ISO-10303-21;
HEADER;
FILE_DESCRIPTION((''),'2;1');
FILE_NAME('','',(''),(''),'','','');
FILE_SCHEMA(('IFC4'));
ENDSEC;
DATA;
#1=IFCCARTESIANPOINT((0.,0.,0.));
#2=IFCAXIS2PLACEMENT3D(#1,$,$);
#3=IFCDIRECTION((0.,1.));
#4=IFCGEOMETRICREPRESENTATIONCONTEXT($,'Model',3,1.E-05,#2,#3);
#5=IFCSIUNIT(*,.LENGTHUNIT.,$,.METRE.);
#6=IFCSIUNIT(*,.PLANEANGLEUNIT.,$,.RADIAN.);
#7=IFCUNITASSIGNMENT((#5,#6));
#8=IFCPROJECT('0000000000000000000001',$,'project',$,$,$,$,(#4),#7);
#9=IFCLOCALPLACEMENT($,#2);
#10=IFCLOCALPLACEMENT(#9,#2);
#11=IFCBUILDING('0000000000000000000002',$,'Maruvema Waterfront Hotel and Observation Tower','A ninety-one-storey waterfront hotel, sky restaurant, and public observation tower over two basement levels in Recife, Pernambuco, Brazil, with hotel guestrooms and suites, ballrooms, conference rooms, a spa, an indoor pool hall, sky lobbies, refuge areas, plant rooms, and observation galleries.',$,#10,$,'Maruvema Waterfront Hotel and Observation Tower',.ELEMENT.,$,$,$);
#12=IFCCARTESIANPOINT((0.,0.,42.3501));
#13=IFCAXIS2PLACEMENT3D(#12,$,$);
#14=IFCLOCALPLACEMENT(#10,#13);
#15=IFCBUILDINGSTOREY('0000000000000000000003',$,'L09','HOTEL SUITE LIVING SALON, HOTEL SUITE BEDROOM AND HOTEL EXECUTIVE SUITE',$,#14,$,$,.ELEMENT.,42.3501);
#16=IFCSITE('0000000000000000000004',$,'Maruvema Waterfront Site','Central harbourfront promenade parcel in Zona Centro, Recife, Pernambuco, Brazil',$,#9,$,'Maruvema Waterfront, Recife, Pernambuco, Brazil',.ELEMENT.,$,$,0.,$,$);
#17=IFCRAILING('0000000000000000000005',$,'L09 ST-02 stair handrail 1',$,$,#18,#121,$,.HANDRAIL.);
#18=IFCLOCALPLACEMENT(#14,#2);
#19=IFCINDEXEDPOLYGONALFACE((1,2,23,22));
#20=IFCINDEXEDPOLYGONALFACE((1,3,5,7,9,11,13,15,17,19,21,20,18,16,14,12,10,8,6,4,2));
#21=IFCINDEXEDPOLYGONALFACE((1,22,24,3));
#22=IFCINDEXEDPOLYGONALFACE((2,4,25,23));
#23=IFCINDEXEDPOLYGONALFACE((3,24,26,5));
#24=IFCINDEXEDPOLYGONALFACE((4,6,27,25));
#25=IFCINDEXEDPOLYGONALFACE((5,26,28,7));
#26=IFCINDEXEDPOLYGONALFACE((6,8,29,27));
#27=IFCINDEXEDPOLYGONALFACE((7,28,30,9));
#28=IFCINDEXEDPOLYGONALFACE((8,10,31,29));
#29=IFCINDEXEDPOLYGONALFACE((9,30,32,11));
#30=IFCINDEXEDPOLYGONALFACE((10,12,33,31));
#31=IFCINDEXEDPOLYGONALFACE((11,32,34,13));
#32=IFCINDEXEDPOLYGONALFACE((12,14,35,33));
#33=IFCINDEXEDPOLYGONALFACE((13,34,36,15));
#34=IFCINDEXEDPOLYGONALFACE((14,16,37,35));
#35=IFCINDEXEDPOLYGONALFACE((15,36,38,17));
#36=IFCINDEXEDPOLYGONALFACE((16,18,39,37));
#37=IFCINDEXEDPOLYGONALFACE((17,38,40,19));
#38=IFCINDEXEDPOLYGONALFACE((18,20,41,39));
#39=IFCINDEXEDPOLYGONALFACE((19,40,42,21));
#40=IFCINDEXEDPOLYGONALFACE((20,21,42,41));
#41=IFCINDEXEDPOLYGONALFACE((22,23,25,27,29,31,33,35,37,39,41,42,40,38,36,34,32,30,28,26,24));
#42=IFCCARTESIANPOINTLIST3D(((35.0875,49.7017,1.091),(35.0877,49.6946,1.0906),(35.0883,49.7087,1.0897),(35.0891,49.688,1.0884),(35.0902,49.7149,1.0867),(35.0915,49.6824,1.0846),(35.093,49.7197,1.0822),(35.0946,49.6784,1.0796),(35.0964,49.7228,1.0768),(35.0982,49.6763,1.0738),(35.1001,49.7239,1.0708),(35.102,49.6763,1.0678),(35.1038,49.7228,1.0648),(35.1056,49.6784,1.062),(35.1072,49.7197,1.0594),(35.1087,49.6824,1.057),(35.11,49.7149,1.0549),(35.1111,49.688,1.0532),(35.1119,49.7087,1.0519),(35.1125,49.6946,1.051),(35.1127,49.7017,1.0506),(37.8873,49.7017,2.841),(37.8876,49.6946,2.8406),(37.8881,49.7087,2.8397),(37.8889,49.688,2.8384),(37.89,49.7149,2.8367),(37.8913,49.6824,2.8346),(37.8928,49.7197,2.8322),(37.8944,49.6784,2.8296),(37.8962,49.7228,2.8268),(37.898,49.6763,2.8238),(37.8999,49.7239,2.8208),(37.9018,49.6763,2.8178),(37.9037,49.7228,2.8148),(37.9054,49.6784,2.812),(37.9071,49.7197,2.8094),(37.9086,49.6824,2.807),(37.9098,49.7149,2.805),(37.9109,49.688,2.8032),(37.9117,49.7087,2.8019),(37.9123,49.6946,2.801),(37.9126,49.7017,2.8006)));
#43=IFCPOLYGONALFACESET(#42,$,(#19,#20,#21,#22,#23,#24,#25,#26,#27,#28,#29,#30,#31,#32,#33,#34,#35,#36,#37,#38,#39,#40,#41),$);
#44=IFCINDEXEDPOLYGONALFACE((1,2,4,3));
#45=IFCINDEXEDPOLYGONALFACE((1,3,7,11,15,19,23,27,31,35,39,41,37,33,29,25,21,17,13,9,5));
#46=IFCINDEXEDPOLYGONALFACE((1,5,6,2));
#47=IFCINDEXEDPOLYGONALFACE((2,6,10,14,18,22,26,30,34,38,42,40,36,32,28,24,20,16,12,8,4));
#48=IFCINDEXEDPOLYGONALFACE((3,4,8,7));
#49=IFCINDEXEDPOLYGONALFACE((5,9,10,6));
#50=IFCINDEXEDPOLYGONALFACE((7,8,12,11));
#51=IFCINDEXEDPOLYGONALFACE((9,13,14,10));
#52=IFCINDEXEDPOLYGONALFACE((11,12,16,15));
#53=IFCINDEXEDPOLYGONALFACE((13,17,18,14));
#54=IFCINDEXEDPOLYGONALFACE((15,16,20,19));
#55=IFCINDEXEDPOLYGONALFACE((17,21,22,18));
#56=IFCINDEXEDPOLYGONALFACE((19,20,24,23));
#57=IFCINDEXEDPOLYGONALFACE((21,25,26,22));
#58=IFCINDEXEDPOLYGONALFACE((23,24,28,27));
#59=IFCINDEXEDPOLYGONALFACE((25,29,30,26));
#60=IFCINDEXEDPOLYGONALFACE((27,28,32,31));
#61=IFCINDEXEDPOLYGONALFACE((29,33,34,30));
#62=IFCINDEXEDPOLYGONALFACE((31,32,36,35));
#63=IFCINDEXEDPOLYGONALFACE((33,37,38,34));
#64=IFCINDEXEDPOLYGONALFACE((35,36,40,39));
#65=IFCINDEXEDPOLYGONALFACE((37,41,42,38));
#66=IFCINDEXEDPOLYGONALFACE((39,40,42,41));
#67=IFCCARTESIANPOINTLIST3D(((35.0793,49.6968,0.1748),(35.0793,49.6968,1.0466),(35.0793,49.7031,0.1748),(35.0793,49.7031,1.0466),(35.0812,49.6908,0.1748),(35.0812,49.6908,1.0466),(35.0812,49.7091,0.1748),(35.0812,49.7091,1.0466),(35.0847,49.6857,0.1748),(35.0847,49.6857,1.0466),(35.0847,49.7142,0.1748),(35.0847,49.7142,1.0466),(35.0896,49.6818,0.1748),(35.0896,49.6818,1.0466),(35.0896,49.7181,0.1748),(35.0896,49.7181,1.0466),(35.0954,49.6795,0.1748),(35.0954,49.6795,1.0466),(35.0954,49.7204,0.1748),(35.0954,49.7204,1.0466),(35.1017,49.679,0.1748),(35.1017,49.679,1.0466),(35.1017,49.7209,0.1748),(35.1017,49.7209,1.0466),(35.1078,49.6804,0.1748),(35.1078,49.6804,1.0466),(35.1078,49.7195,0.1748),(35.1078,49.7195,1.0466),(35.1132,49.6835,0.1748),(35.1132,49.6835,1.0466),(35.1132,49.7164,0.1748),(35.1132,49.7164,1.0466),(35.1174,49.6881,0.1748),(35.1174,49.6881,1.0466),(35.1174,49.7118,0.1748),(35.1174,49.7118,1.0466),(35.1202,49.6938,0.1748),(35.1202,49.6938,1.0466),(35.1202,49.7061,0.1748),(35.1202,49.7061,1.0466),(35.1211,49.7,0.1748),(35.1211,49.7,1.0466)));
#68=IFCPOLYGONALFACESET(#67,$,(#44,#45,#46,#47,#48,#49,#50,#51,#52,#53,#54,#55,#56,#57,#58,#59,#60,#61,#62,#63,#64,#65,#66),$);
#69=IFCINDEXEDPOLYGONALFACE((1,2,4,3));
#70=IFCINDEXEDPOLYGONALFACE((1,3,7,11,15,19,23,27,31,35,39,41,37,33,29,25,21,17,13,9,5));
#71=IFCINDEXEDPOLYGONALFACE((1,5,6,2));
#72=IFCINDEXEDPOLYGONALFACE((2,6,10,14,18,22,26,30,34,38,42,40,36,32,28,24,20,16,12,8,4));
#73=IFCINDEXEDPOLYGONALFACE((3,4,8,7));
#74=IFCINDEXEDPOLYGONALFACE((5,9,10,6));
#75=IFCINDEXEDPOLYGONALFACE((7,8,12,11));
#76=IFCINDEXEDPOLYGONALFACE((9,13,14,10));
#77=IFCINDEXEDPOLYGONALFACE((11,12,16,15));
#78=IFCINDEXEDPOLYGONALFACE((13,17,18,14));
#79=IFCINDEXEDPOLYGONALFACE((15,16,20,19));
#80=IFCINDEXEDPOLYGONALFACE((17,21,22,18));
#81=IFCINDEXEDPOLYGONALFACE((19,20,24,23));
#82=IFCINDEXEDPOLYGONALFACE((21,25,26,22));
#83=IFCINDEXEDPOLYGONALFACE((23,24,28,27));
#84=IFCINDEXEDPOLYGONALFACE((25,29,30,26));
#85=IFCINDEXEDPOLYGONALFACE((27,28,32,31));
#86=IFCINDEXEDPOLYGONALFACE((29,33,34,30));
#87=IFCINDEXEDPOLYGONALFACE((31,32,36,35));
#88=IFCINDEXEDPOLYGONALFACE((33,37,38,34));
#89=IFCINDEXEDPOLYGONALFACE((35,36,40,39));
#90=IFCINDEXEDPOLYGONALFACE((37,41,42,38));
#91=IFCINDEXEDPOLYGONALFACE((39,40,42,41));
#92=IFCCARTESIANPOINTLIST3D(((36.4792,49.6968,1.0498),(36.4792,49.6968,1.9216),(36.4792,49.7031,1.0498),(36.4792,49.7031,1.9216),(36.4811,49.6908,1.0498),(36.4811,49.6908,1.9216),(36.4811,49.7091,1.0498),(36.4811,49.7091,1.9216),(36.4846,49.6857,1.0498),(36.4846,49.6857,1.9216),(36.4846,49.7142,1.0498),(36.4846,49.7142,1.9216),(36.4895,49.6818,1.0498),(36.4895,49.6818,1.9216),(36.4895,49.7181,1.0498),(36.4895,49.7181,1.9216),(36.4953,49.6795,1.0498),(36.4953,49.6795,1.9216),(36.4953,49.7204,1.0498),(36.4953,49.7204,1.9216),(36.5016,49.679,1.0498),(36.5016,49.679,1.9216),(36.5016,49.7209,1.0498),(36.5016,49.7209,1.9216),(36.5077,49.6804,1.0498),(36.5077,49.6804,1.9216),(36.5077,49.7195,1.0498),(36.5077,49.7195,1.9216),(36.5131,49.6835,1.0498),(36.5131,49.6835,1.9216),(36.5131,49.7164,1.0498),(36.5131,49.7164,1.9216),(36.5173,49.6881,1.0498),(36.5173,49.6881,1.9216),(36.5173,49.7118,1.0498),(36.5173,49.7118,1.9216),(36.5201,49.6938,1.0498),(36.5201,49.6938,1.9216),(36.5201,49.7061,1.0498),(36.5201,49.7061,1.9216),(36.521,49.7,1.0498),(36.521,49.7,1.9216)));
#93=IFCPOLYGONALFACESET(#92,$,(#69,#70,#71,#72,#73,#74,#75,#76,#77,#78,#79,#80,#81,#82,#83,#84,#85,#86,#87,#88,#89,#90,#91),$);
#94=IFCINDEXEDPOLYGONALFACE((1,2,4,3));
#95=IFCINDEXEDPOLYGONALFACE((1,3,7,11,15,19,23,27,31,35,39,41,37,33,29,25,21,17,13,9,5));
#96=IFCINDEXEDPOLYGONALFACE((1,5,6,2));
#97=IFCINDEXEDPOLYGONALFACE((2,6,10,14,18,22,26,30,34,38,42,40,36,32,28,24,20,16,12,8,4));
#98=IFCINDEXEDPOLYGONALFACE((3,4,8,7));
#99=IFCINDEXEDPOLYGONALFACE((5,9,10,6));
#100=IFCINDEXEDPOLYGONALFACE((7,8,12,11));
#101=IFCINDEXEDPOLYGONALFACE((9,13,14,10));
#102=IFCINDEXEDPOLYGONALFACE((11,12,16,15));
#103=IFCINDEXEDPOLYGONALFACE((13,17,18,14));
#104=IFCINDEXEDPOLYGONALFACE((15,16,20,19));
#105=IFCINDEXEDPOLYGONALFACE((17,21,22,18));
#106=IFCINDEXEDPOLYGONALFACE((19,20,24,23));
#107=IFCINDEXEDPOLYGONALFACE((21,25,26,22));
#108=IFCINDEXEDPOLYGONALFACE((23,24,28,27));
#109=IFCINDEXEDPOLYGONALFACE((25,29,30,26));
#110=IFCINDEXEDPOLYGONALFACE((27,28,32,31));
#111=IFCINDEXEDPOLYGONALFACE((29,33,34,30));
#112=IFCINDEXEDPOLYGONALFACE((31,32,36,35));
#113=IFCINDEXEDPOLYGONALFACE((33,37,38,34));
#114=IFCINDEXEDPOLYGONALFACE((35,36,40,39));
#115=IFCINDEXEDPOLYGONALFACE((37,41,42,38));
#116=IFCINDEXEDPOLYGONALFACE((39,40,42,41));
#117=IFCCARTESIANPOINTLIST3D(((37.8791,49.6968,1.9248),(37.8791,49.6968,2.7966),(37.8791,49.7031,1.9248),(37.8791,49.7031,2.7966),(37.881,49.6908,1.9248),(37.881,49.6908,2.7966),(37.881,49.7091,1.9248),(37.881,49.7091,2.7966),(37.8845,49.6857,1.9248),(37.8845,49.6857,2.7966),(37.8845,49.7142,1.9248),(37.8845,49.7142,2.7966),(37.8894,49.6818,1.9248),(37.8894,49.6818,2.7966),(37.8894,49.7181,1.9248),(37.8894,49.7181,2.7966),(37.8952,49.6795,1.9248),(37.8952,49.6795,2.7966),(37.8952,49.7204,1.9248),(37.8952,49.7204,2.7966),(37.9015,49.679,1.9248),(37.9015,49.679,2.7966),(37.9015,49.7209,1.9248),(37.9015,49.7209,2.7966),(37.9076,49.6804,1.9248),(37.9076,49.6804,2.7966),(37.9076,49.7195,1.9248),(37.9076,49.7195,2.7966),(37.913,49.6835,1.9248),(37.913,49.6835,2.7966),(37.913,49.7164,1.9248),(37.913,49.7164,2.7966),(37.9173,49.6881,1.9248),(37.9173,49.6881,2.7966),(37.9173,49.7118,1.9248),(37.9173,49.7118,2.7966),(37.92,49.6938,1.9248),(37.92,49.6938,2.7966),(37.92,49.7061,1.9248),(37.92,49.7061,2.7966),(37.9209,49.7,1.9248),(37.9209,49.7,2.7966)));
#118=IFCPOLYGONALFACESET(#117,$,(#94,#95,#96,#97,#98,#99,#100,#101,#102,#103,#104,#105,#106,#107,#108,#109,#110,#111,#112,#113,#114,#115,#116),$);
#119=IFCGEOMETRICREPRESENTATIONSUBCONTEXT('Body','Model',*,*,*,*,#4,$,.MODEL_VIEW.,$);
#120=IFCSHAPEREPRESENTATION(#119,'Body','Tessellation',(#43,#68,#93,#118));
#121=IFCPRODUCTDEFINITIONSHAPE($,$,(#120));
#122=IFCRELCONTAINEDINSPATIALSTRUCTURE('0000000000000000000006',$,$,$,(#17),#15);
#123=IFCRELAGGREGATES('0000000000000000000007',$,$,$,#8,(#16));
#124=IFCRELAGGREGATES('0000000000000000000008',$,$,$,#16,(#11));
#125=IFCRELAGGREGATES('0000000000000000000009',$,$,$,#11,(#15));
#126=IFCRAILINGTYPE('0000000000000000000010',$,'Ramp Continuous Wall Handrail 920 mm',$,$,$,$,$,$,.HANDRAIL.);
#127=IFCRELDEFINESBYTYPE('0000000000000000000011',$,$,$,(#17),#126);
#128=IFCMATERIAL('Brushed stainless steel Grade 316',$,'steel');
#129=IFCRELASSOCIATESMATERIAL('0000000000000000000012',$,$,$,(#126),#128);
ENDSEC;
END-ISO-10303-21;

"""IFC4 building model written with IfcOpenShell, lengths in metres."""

from ifc_helpers import new_model, si_unit, direction, frame, origin, origin_2d, place, context, subcontext, project, spatial, circle, extrude, material, type_object, element, save


model = new_model("IFC4")

# Units and contexts
model_context = context("Model", 3, precision=1e-05, world=origin(), true_north=direction((0.0, 1.0)))
body_context = subcontext(model_context, "Body", "Model", "MODEL_VIEW")
ifc_project = project(units=[si_unit("LENGTHUNIT", "METRE"), si_unit("PLANEANGLEUNIT", "RADIAN")], contexts=[model_context])

# Site, building, storey
site_placement = place(None, origin())
site = spatial("IfcSite", under=ifc_project, at=site_placement, Name="Maruvema Waterfront Site", Description="Central harbourfront promenade parcel in Zona Centro, Recife, Pernambuco, Brazil", LongName="Maruvema Waterfront, Recife, Pernambuco, Brazil", CompositionType="ELEMENT", RefElevation=0.0)
building_placement = place(site_placement, origin())
building = spatial("IfcBuilding", under=site, at=building_placement, Name="Maruvema Waterfront Hotel and Observation Tower", Description="A ninety-one-storey waterfront hotel, sky restaurant, and public observation tower over two basement levels in Recife, Pernambuco, Brazil, with hotel guestrooms and suites, ballrooms, conference rooms, a spa, an indoor pool hall, sky lobbies, refuge areas, plant rooms, and observation galleries.", LongName="Maruvema Waterfront Hotel and Observation Tower", CompositionType="ELEMENT")
storey_placement = place(building_placement, frame((0.0, 0.0, 42.3501)))
storey = spatial("IfcBuildingStorey", under=building, at=storey_placement, Name="L09", Description="HOTEL SUITE LIVING SALON, HOTEL SUITE BEDROOM AND HOTEL EXECUTIVE SUITE", CompositionType="ELEMENT", Elevation=42.3501)

# Railing
ifc_material_1 = material(Name="Brushed stainless steel Grade 316", Category="steel")
railing_type_1 = type_object("IfcRailingType", Name="Ramp Continuous Wall Handrail 920 mm", PredefinedType="HANDRAIL", material=ifc_material_1)
railing_1_placement = place(storey_placement, frame((35.1001, 49.7, 0.1748)))
element("IfcRailing", 1, at=railing_1_placement, inside=storey, type_object=railing_type_1, Name="L09 ST-02 stair handrail 1", PredefinedType="HANDRAIL", context=body_context, shape_type="SweptSolid", body=[
    extrude(circle(Radius=0.0239, at=origin_2d()), frame((0.0, 0.0, 0.896), z_axis=(0.847982, 0.0, 0.530026), x_axis=(0.0, 1.0, 0.0)), (0.0, 0.0, 1.0), 3.3018),
    extrude(circle(Radius=0.021, at=origin_2d()), origin(), (0.0, 0.0, 1.0), 0.8718),
    extrude(circle(Radius=0.021, at=origin_2d()), frame((1.3999, 0.0, 0.875)), (0.0, 0.0, 1.0), 0.8718),
    extrude(circle(Radius=0.021, at=origin_2d()), frame((2.7998, 0.0, 1.75)), (0.0, 0.0, 1.0), 0.8718),
])

save(model, "model.ifc")
